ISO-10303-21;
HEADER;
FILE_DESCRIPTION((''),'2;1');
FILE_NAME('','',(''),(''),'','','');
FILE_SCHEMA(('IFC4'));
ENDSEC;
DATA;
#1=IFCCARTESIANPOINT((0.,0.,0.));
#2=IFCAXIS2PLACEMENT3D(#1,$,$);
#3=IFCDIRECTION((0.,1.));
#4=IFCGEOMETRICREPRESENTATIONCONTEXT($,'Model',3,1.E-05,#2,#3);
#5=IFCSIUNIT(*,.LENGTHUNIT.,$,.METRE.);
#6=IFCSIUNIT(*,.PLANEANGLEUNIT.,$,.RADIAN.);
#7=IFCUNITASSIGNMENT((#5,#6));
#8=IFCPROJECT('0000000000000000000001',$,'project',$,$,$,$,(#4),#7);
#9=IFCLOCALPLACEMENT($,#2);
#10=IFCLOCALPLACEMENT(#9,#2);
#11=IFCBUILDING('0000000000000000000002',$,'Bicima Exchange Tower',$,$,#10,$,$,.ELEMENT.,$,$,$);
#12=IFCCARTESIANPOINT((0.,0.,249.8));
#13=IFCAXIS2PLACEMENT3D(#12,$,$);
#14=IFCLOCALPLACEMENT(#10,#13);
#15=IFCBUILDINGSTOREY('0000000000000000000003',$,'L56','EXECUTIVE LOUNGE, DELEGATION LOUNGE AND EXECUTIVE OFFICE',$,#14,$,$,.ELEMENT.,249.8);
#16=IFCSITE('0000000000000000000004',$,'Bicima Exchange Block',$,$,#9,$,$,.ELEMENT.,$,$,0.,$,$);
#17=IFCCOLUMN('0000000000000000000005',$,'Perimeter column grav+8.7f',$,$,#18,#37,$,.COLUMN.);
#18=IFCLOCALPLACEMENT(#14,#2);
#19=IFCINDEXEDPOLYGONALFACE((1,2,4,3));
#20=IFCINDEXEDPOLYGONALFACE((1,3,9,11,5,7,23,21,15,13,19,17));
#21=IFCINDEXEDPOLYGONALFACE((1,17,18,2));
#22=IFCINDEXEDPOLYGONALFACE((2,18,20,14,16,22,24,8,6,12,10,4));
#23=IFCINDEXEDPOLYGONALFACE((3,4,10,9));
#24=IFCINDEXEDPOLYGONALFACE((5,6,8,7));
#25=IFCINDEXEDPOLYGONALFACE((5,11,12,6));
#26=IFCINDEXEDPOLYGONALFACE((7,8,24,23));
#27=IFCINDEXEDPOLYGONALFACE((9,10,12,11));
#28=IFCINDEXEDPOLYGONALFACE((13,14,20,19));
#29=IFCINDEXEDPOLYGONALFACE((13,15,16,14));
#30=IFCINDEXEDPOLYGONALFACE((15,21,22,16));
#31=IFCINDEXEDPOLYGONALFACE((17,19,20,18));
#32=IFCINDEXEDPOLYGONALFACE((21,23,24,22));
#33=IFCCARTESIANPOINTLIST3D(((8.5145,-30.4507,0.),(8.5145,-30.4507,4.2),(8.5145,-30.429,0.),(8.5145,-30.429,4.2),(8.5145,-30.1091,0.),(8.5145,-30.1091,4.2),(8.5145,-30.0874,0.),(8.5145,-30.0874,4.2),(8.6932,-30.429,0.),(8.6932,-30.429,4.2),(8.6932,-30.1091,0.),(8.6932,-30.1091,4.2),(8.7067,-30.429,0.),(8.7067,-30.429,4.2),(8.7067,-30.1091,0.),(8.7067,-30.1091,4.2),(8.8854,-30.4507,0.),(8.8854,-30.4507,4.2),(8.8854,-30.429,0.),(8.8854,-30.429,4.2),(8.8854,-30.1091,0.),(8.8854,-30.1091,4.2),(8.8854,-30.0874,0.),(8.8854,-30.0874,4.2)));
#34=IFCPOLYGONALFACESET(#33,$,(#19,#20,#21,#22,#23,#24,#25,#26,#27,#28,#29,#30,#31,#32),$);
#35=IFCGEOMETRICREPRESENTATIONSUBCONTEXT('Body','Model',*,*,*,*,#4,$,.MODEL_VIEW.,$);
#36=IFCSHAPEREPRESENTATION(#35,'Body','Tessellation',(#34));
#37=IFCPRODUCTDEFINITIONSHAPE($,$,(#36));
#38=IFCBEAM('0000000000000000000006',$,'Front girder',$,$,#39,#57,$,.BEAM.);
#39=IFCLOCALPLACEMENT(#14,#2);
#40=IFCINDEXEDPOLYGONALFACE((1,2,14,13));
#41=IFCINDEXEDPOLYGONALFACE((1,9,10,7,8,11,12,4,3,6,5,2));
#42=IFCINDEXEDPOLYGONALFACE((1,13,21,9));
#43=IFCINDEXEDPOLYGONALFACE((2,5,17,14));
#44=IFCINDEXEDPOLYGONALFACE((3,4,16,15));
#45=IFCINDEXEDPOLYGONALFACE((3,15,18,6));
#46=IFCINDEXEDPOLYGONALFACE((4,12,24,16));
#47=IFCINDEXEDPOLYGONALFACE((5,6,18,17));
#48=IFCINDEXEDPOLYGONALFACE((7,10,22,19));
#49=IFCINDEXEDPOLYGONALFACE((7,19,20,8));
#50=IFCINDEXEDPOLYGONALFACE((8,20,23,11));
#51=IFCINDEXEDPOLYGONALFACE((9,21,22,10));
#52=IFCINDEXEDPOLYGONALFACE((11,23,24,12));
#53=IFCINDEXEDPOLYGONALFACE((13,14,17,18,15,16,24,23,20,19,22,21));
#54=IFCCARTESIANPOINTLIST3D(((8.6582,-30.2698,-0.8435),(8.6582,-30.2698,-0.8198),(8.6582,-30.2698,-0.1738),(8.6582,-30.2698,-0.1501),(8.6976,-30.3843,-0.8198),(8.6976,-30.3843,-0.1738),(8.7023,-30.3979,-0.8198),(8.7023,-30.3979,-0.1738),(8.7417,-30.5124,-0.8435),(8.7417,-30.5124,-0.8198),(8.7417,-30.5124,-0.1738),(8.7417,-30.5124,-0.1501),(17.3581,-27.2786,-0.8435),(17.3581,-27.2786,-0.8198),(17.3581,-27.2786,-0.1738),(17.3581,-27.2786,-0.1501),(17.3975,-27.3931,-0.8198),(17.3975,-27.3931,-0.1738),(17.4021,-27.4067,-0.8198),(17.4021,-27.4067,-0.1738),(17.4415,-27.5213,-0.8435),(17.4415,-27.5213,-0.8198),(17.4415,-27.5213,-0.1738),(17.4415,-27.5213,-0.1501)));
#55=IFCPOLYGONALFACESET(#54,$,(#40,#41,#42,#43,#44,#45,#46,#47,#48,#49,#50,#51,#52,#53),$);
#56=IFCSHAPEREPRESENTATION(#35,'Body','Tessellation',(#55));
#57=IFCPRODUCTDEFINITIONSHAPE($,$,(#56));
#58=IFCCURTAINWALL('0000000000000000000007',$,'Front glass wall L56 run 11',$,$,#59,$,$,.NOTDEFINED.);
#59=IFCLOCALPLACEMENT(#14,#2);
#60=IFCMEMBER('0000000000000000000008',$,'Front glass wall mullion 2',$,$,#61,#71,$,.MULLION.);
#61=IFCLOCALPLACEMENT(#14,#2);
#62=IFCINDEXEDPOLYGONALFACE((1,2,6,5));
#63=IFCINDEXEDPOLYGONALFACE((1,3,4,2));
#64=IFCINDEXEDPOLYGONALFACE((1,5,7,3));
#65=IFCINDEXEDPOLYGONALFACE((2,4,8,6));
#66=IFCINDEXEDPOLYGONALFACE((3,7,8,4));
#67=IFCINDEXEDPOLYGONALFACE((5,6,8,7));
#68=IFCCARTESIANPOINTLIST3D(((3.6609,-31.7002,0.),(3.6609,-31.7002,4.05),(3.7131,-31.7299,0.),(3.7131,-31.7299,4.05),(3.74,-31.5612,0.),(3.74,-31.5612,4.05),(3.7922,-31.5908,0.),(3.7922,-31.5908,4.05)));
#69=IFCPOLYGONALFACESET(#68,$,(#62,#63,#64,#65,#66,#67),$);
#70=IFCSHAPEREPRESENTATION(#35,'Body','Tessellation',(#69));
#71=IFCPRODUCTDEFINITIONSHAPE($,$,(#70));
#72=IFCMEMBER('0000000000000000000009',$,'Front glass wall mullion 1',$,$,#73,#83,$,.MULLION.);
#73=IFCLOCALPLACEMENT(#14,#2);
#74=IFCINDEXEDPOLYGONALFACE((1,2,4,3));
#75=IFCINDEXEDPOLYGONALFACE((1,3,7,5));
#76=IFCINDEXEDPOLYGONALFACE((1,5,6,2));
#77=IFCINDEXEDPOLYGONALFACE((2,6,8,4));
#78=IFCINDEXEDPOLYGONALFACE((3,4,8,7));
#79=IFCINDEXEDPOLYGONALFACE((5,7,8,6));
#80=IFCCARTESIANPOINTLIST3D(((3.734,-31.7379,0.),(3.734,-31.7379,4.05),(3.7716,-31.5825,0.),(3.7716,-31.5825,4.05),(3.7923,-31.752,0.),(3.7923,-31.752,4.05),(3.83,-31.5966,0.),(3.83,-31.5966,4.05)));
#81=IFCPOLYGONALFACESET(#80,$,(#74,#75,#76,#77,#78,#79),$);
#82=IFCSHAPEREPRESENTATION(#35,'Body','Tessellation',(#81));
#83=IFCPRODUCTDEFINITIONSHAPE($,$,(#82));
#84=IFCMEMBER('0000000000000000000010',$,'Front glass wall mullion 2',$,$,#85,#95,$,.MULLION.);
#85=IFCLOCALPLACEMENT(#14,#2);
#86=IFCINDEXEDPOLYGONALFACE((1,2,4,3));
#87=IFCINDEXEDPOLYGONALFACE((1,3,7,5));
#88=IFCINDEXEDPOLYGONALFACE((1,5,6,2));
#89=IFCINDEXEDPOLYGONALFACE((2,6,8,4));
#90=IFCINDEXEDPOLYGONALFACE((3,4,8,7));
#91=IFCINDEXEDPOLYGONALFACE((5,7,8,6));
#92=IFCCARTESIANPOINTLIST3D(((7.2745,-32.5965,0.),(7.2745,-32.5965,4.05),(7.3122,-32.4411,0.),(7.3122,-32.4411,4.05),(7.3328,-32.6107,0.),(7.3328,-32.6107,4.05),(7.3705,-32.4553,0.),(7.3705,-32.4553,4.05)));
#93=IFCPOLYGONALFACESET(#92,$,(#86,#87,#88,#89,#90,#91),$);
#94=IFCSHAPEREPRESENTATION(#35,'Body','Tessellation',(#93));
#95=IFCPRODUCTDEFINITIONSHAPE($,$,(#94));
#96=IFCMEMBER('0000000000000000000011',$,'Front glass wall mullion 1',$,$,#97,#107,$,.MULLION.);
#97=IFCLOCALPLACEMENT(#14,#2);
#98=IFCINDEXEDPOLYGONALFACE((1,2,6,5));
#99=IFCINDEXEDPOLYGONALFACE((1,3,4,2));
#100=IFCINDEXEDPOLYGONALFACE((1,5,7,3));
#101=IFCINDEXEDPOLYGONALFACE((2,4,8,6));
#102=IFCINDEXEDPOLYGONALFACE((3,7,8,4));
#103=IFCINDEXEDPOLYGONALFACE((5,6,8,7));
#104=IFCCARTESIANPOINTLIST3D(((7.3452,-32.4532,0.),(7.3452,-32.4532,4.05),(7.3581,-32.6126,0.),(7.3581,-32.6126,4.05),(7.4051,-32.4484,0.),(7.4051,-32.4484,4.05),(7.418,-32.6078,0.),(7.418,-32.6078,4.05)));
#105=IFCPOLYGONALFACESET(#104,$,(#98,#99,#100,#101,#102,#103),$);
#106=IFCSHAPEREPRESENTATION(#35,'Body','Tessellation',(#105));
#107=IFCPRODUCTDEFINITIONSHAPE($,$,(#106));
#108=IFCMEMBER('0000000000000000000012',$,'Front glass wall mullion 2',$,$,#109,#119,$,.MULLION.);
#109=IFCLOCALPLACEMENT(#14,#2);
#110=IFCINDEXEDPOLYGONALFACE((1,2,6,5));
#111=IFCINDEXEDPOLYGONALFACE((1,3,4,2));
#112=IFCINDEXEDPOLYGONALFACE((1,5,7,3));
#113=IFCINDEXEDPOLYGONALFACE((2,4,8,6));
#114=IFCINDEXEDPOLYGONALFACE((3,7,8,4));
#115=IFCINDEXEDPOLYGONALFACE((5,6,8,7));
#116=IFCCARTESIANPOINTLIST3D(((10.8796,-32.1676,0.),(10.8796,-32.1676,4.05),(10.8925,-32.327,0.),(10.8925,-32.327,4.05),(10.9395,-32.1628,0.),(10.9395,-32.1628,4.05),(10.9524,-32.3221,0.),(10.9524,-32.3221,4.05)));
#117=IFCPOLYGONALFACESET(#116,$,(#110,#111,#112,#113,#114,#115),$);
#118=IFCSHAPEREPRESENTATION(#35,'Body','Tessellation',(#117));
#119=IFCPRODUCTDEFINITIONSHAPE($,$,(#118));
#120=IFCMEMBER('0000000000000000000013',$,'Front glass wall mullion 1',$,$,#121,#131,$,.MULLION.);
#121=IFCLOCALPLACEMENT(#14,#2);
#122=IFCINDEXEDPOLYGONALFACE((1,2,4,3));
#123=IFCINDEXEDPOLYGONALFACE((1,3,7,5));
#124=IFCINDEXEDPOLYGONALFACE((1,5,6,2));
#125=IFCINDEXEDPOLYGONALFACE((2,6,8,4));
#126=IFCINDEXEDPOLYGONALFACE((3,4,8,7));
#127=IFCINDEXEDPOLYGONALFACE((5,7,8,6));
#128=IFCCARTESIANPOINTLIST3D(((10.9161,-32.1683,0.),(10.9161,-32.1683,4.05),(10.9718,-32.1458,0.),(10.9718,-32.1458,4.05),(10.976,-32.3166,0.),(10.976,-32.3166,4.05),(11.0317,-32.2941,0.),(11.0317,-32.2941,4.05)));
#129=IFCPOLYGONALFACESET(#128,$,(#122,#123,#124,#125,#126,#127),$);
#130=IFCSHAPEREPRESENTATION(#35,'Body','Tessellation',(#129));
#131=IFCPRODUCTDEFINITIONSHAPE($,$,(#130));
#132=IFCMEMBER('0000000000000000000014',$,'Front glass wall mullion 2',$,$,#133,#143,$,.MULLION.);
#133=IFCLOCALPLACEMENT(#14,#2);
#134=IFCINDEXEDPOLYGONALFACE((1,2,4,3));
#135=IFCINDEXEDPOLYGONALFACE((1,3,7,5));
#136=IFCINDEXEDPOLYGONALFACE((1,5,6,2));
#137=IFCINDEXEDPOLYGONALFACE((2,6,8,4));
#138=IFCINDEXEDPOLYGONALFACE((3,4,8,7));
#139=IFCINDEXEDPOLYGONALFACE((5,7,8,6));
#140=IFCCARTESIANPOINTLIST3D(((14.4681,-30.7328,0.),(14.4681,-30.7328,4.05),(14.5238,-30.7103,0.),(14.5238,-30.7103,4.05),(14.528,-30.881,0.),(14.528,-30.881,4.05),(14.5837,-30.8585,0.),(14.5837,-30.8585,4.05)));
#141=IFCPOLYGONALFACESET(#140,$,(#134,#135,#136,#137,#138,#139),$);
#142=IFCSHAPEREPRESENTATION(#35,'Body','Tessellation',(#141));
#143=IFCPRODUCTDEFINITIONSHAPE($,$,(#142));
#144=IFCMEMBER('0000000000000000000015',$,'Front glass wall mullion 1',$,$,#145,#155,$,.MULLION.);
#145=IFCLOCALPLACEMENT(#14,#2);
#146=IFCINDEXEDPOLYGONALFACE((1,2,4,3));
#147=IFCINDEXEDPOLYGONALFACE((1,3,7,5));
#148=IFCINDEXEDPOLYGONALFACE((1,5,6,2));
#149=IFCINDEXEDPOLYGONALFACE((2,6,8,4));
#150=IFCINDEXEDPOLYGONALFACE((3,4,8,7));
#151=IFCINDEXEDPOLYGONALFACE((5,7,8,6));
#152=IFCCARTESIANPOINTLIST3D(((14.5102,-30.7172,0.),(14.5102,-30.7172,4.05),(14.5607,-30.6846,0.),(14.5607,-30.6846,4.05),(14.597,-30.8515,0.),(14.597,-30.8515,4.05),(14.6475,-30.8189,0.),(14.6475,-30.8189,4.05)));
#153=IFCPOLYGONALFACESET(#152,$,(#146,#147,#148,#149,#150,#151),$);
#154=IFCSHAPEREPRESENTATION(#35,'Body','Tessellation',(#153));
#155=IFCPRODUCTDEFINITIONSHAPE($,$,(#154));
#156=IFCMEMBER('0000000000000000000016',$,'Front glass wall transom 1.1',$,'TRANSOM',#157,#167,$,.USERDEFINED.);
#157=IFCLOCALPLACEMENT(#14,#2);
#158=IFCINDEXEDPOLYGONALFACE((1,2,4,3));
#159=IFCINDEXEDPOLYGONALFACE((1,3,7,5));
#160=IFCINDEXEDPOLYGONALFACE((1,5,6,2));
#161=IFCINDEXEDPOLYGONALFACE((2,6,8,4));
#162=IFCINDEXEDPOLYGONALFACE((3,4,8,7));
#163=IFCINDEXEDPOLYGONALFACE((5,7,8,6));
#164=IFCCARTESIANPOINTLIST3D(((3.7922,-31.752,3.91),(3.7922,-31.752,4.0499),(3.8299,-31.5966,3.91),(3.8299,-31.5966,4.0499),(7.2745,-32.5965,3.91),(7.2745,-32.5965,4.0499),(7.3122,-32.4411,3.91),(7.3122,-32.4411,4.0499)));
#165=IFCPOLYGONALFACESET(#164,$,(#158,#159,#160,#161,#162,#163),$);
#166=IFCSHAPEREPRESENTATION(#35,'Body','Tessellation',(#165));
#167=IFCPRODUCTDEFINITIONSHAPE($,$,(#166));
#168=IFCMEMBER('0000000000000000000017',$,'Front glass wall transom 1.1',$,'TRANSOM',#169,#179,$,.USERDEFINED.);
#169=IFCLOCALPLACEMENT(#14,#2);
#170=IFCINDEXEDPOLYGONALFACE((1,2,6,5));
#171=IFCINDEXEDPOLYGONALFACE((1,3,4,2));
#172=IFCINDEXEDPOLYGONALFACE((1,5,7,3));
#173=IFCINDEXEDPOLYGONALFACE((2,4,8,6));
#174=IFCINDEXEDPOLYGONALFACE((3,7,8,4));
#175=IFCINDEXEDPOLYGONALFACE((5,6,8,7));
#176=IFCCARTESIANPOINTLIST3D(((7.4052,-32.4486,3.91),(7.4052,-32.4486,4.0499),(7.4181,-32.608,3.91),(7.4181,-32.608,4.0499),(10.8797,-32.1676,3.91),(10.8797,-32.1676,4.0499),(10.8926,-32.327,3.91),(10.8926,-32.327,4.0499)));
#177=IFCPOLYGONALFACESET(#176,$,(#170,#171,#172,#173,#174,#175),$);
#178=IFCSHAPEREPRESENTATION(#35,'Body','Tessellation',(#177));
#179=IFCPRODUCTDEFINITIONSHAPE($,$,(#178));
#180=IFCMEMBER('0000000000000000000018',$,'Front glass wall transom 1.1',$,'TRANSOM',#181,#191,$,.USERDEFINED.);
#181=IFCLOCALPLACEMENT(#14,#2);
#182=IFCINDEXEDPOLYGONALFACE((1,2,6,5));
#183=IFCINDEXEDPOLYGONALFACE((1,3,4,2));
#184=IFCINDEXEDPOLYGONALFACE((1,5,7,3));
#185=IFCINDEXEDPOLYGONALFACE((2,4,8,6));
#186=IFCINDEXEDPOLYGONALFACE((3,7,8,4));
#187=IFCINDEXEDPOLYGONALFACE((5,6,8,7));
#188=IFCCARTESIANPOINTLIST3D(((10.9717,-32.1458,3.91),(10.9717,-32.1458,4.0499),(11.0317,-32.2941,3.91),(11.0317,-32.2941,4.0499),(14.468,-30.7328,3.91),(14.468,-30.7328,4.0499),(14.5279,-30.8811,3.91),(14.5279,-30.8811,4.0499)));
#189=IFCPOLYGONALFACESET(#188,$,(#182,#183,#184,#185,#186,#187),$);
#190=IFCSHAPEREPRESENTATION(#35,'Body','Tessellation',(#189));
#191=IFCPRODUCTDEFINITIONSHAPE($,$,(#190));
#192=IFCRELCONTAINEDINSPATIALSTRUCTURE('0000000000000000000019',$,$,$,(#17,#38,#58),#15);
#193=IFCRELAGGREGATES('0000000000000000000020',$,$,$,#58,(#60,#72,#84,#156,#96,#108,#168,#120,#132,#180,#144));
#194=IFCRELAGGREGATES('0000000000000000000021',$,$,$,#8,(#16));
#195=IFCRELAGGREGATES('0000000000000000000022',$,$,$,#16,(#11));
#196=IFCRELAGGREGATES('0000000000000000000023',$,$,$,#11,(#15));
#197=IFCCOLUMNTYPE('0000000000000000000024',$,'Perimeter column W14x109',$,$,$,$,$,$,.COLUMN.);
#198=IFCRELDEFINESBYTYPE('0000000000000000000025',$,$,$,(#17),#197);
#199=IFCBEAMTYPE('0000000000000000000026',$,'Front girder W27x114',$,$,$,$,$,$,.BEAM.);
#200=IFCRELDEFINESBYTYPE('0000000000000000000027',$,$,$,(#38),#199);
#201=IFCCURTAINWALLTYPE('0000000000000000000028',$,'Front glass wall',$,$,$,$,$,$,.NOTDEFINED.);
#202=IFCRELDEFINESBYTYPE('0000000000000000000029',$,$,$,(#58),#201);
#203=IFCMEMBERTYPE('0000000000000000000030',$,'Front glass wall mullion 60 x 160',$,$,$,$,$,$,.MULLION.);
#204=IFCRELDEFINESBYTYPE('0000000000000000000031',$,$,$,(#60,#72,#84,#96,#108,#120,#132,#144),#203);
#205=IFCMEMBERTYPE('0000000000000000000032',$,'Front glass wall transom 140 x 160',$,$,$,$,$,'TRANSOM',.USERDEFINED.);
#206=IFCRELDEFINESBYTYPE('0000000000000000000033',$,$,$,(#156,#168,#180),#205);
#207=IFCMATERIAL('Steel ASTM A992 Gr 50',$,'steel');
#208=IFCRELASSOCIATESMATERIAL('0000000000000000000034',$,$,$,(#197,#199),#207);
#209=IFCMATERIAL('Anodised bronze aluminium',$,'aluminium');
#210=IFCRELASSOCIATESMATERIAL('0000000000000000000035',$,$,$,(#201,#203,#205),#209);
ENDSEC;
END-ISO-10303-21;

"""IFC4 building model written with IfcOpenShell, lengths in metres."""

from ifc_helpers import new_model, si_unit, direction, frame, origin, origin_2d, place, context, subcontext, project, spatial, rectangle, i_section, extrude, material, material_profile, profile_set, type_object, element, aggregate, save


model = new_model("IFC4")

# Units and contexts
model_context = context("Model", 3, precision=1e-05, world=origin(), true_north=direction((0.0, 1.0)))
body_context = subcontext(model_context, "Body", "Model", "MODEL_VIEW")
ifc_project = project(units=[si_unit("LENGTHUNIT", "METRE"), si_unit("PLANEANGLEUNIT", "RADIAN")], contexts=[model_context])

# Site, building, storey
site_placement = place(None, origin())
site = spatial("IfcSite", under=ifc_project, at=site_placement, Name="Bicima Exchange Block", CompositionType="ELEMENT", RefElevation=0.0)
building_placement = place(site_placement, origin())
building = spatial("IfcBuilding", under=site, at=building_placement, Name="Bicima Exchange Tower", CompositionType="ELEMENT")
storey_placement = place(building_placement, frame((0.0, 0.0, 249.8)))
storey = spatial("IfcBuildingStorey", under=building, at=storey_placement, Name="L56", Description="EXECUTIVE LOUNGE, DELEGATION LOUNGE AND EXECUTIVE OFFICE", CompositionType="ELEMENT", Elevation=249.8)

# Column
ifc_material_1 = material(Name="Steel ASTM A992 Gr 50", Category="steel")
ifc_material_profile_1 = material_profile(ifc_material_1, i_section(OverallWidth=0.3708, OverallDepth=0.3633, WebThickness=0.0134, FlangeThickness=0.0217, at=origin_2d()))
ifc_profile_set_1 = profile_set([ifc_material_profile_1], Name="Steel ASTM A992 Gr 50")
column_type = type_object("IfcColumnType", Name="Perimeter column W14x109", PredefinedType="COLUMN", material=ifc_profile_set_1)
column_placement = place(storey_placement, frame((8.7, -30.269, 0.0), z_axis=(0.0, 0.0, 1.0), x_axis=(1.0, 0.0, 0.0)))
element("IfcColumn", 1, at=column_placement, inside=storey, type_object=column_type, Name="Perimeter column grav+8.7f", PredefinedType="COLUMN", context=body_context, shape_type="SweptSolid", body=[
    extrude(i_section(OverallWidth=0.3708, OverallDepth=0.3633, WebThickness=0.0134, FlangeThickness=0.0217, at=origin_2d()), origin(), (0.0, 0.0, 1.0), 4.2),
])

# Beam
ifc_material_profile_2 = material_profile(ifc_material_1, i_section(OverallWidth=0.2566, OverallDepth=0.6934, WebThickness=0.0144, FlangeThickness=0.0237, at=origin_2d()))
ifc_profile_set_2 = profile_set([ifc_material_profile_2], Name="Steel ASTM A992 Gr 50")
beam_type = type_object("IfcBeamType", Name="Front girder W27x114", PredefinedType="BEAM", material=ifc_profile_set_2)
beam_placement = place(storey_placement, frame((8.7, -30.3911, -0.4968), z_axis=(0.945666, 0.325138, 0.0), x_axis=(-0.325138, 0.945666, 0.0)))
element("IfcBeam", 2, at=beam_placement, inside=storey, type_object=beam_type, Name="Front girder", PredefinedType="BEAM", context=body_context, shape_type="SweptSolid", body=[
    extrude(i_section(OverallWidth=0.2566, OverallDepth=0.6934, WebThickness=0.0144, FlangeThickness=0.0237, at=origin_2d()), origin(), (0.0, 0.0, 1.0), 9.1997),
])

# Curtain wall, members
ifc_material_2 = material(Name="Anodised bronze aluminium", Category="aluminium")
curtain_wall_type = type_object("IfcCurtainWallType", Name="Front glass wall", PredefinedType="NOTDEFINED", material=ifc_material_2)
curtain_wall_placement = place(storey_placement, origin())
curtain_wall = element("IfcCurtainWall", 3, at=curtain_wall_placement, inside=storey, type_object=curtain_wall_type, Name="Front glass wall L56 run 11", PredefinedType="NOTDEFINED")
ifc_material_profile_3 = material_profile(ifc_material_2, rectangle(XDim=0.1599, YDim=0.0601, at=origin_2d()))
ifc_profile_set_3 = profile_set([ifc_material_profile_3], Name="Anodised bronze aluminium")
member_type_1 = type_object("IfcMemberType", Name="Front glass wall mullion 60 x 160", PredefinedType="MULLION", material=ifc_profile_set_3)
member_1_placement = place(storey_placement, frame((3.7266, -31.6455, 0.0), z_axis=(0.0, 0.0, 1.0), x_axis=(0.49433, 0.869274, 0.0)))
member_1 = element("IfcMember", 4, at=member_1_placement, type_object=member_type_1, Name="Front glass wall mullion 2", PredefinedType="MULLION", context=body_context, shape_type="SweptSolid", body=[
    extrude(rectangle(XDim=0.1599, YDim=0.0601, at=origin_2d()), origin(), (0.0, 0.0, 1.0), 4.05),
])
member_2_placement = place(storey_placement, frame((3.782, -31.6672, 0.0), z_axis=(0.0, 0.0, 1.0), x_axis=(0.235682, 0.97183, 0.0)))
member_2 = element("IfcMember", 5, at=member_2_placement, type_object=member_type_1, Name="Front glass wall mullion 1", PredefinedType="MULLION", context=body_context, shape_type="SweptSolid", body=[
    extrude(rectangle(XDim=0.1599, YDim=0.0601, at=origin_2d()), origin(), (0.0, 0.0, 1.0), 4.05),
])
member_3_placement = place(storey_placement, frame((7.3225, -32.5259, 0.0), z_axis=(0.0, 0.0, 1.0), x_axis=(0.235682, 0.97183, 0.0)))
member_3 = element("IfcMember", 6, at=member_3_placement, type_object=member_type_1, Name="Front glass wall mullion 2", PredefinedType="MULLION", context=body_context, shape_type="SweptSolid", body=[
    extrude(rectangle(XDim=0.1599, YDim=0.0601, at=origin_2d()), origin(), (0.0, 0.0, 1.0), 4.05),
])
member_4_placement = place(storey_placement, frame((7.3816, -32.5305, 0.0), z_axis=(0.0, 0.0, 1.0), x_axis=(-0.080589, 0.996747, 0.0)))
member_4 = element("IfcMember", 7, at=member_4_placement, type_object=member_type_1, Name="Front glass wall mullion 1", PredefinedType="MULLION", context=body_context, shape_type="SweptSolid", body=[
    extrude(rectangle(XDim=0.1599, YDim=0.0601, at=origin_2d()), origin(), (0.0, 0.0, 1.0), 4.05),
])
member_5_placement = place(storey_placement, frame((10.916, -32.2449, 0.0), z_axis=(0.0, 0.0, 1.0), x_axis=(-0.080589, 0.996747, 0.0)))
member_5 = element("IfcMember", 8, at=member_5_placement, type_object=member_type_1, Name="Front glass wall mullion 2", PredefinedType="MULLION", context=body_context, shape_type="SweptSolid", body=[
    extrude(rectangle(XDim=0.1599, YDim=0.0601, at=origin_2d()), origin(), (0.0, 0.0, 1.0), 4.05),
])
member_6_placement = place(storey_placement, frame((10.9739, -32.2312, 0.0), z_axis=(0.0, 0.0, 1.0), x_axis=(-0.374705, 0.927144, 0.0)))
member_6 = element("IfcMember", 9, at=member_6_placement, type_object=member_type_1, Name="Front glass wall mullion 1", PredefinedType="MULLION", context=body_context, shape_type="SweptSolid", body=[
    extrude(rectangle(XDim=0.1599, YDim=0.0601, at=origin_2d()), origin(), (0.0, 0.0, 1.0), 4.05),
])
member_7_placement = place(storey_placement, frame((14.5259, -30.7957, 0.0), z_axis=(0.0, 0.0, 1.0), x_axis=(-0.374705, 0.927144, 0.0)))
member_7 = element("IfcMember", 10, at=member_7_placement, type_object=member_type_1, Name="Front glass wall mullion 2", PredefinedType="MULLION", context=body_context, shape_type="SweptSolid", body=[
    extrude(rectangle(XDim=0.1599, YDim=0.0601, at=origin_2d()), origin(), (0.0, 0.0, 1.0), 4.05),
])
member_8_placement = place(storey_placement, frame((14.5789, -30.7681, 0.0), z_axis=(0.0, 0.0, 1.0), x_axis=(-0.542909, 0.839791, 0.0)))
member_8 = element("IfcMember", 11, at=member_8_placement, type_object=member_type_1, Name="Front glass wall mullion 1", PredefinedType="MULLION", context=body_context, shape_type="SweptSolid", body=[
    extrude(rectangle(XDim=0.1599, YDim=0.0601, at=origin_2d()), origin(), (0.0, 0.0, 1.0), 4.05),
])
ifc_material_profile_4 = material_profile(ifc_material_2, rectangle(XDim=0.1599, YDim=0.1399, at=origin_2d()))
ifc_profile_set_4 = profile_set([ifc_material_profile_4], Name="Anodised bronze aluminium")
member_type_2 = type_object("IfcMemberType", Name="Front glass wall transom 140 x 160", ElementType="TRANSOM", PredefinedType="USERDEFINED", material=ifc_profile_set_4)
member_9_placement = place(storey_placement, frame((3.811, -31.6743, 3.98), z_axis=(0.971834, -0.235668, 0.0), x_axis=(0.235668, 0.971834, 0.0)))
member_9 = element("IfcMember", 12, at=member_9_placement, type_object=member_type_2, Name="Front glass wall transom 1.1", ObjectType="TRANSOM", PredefinedType="USERDEFINED", context=body_context, shape_type="SweptSolid", body=[
    extrude(rectangle(XDim=0.1599, YDim=0.1399, at=origin_2d()), origin(), (0.0, 0.0, 1.0), 3.5833),
])
member_10_placement = place(storey_placement, frame((7.4116, -32.5283, 3.98), z_axis=(0.996746, 0.080611, 0.0), x_axis=(-0.080611, 0.996746, 0.0)))
member_10 = element("IfcMember", 13, at=member_10_placement, type_object=member_type_2, Name="Front glass wall transom 1.1", ObjectType="TRANSOM", PredefinedType="USERDEFINED", context=body_context, shape_type="SweptSolid", body=[
    extrude(rectangle(XDim=0.1599, YDim=0.1399, at=origin_2d()), origin(), (0.0, 0.0, 1.0), 3.4858),
])
member_11_placement = place(storey_placement, frame((11.0017, -32.22, 3.98), z_axis=(0.92714, 0.374715, 0.0), x_axis=(-0.374715, 0.92714, 0.0)))
member_11 = element("IfcMember", 14, at=member_11_placement, type_object=member_type_2, Name="Front glass wall transom 1.1", ObjectType="TRANSOM", PredefinedType="USERDEFINED", context=body_context, shape_type="SweptSolid", body=[
    extrude(rectangle(XDim=0.1599, YDim=0.1399, at=origin_2d()), origin(), (0.0, 0.0, 1.0), 3.771),
])
aggregate(curtain_wall, [member_1, member_2, member_3, member_9, member_4, member_5, member_10, member_6, member_7, member_11, member_8])

save(model, "model.ifc")
